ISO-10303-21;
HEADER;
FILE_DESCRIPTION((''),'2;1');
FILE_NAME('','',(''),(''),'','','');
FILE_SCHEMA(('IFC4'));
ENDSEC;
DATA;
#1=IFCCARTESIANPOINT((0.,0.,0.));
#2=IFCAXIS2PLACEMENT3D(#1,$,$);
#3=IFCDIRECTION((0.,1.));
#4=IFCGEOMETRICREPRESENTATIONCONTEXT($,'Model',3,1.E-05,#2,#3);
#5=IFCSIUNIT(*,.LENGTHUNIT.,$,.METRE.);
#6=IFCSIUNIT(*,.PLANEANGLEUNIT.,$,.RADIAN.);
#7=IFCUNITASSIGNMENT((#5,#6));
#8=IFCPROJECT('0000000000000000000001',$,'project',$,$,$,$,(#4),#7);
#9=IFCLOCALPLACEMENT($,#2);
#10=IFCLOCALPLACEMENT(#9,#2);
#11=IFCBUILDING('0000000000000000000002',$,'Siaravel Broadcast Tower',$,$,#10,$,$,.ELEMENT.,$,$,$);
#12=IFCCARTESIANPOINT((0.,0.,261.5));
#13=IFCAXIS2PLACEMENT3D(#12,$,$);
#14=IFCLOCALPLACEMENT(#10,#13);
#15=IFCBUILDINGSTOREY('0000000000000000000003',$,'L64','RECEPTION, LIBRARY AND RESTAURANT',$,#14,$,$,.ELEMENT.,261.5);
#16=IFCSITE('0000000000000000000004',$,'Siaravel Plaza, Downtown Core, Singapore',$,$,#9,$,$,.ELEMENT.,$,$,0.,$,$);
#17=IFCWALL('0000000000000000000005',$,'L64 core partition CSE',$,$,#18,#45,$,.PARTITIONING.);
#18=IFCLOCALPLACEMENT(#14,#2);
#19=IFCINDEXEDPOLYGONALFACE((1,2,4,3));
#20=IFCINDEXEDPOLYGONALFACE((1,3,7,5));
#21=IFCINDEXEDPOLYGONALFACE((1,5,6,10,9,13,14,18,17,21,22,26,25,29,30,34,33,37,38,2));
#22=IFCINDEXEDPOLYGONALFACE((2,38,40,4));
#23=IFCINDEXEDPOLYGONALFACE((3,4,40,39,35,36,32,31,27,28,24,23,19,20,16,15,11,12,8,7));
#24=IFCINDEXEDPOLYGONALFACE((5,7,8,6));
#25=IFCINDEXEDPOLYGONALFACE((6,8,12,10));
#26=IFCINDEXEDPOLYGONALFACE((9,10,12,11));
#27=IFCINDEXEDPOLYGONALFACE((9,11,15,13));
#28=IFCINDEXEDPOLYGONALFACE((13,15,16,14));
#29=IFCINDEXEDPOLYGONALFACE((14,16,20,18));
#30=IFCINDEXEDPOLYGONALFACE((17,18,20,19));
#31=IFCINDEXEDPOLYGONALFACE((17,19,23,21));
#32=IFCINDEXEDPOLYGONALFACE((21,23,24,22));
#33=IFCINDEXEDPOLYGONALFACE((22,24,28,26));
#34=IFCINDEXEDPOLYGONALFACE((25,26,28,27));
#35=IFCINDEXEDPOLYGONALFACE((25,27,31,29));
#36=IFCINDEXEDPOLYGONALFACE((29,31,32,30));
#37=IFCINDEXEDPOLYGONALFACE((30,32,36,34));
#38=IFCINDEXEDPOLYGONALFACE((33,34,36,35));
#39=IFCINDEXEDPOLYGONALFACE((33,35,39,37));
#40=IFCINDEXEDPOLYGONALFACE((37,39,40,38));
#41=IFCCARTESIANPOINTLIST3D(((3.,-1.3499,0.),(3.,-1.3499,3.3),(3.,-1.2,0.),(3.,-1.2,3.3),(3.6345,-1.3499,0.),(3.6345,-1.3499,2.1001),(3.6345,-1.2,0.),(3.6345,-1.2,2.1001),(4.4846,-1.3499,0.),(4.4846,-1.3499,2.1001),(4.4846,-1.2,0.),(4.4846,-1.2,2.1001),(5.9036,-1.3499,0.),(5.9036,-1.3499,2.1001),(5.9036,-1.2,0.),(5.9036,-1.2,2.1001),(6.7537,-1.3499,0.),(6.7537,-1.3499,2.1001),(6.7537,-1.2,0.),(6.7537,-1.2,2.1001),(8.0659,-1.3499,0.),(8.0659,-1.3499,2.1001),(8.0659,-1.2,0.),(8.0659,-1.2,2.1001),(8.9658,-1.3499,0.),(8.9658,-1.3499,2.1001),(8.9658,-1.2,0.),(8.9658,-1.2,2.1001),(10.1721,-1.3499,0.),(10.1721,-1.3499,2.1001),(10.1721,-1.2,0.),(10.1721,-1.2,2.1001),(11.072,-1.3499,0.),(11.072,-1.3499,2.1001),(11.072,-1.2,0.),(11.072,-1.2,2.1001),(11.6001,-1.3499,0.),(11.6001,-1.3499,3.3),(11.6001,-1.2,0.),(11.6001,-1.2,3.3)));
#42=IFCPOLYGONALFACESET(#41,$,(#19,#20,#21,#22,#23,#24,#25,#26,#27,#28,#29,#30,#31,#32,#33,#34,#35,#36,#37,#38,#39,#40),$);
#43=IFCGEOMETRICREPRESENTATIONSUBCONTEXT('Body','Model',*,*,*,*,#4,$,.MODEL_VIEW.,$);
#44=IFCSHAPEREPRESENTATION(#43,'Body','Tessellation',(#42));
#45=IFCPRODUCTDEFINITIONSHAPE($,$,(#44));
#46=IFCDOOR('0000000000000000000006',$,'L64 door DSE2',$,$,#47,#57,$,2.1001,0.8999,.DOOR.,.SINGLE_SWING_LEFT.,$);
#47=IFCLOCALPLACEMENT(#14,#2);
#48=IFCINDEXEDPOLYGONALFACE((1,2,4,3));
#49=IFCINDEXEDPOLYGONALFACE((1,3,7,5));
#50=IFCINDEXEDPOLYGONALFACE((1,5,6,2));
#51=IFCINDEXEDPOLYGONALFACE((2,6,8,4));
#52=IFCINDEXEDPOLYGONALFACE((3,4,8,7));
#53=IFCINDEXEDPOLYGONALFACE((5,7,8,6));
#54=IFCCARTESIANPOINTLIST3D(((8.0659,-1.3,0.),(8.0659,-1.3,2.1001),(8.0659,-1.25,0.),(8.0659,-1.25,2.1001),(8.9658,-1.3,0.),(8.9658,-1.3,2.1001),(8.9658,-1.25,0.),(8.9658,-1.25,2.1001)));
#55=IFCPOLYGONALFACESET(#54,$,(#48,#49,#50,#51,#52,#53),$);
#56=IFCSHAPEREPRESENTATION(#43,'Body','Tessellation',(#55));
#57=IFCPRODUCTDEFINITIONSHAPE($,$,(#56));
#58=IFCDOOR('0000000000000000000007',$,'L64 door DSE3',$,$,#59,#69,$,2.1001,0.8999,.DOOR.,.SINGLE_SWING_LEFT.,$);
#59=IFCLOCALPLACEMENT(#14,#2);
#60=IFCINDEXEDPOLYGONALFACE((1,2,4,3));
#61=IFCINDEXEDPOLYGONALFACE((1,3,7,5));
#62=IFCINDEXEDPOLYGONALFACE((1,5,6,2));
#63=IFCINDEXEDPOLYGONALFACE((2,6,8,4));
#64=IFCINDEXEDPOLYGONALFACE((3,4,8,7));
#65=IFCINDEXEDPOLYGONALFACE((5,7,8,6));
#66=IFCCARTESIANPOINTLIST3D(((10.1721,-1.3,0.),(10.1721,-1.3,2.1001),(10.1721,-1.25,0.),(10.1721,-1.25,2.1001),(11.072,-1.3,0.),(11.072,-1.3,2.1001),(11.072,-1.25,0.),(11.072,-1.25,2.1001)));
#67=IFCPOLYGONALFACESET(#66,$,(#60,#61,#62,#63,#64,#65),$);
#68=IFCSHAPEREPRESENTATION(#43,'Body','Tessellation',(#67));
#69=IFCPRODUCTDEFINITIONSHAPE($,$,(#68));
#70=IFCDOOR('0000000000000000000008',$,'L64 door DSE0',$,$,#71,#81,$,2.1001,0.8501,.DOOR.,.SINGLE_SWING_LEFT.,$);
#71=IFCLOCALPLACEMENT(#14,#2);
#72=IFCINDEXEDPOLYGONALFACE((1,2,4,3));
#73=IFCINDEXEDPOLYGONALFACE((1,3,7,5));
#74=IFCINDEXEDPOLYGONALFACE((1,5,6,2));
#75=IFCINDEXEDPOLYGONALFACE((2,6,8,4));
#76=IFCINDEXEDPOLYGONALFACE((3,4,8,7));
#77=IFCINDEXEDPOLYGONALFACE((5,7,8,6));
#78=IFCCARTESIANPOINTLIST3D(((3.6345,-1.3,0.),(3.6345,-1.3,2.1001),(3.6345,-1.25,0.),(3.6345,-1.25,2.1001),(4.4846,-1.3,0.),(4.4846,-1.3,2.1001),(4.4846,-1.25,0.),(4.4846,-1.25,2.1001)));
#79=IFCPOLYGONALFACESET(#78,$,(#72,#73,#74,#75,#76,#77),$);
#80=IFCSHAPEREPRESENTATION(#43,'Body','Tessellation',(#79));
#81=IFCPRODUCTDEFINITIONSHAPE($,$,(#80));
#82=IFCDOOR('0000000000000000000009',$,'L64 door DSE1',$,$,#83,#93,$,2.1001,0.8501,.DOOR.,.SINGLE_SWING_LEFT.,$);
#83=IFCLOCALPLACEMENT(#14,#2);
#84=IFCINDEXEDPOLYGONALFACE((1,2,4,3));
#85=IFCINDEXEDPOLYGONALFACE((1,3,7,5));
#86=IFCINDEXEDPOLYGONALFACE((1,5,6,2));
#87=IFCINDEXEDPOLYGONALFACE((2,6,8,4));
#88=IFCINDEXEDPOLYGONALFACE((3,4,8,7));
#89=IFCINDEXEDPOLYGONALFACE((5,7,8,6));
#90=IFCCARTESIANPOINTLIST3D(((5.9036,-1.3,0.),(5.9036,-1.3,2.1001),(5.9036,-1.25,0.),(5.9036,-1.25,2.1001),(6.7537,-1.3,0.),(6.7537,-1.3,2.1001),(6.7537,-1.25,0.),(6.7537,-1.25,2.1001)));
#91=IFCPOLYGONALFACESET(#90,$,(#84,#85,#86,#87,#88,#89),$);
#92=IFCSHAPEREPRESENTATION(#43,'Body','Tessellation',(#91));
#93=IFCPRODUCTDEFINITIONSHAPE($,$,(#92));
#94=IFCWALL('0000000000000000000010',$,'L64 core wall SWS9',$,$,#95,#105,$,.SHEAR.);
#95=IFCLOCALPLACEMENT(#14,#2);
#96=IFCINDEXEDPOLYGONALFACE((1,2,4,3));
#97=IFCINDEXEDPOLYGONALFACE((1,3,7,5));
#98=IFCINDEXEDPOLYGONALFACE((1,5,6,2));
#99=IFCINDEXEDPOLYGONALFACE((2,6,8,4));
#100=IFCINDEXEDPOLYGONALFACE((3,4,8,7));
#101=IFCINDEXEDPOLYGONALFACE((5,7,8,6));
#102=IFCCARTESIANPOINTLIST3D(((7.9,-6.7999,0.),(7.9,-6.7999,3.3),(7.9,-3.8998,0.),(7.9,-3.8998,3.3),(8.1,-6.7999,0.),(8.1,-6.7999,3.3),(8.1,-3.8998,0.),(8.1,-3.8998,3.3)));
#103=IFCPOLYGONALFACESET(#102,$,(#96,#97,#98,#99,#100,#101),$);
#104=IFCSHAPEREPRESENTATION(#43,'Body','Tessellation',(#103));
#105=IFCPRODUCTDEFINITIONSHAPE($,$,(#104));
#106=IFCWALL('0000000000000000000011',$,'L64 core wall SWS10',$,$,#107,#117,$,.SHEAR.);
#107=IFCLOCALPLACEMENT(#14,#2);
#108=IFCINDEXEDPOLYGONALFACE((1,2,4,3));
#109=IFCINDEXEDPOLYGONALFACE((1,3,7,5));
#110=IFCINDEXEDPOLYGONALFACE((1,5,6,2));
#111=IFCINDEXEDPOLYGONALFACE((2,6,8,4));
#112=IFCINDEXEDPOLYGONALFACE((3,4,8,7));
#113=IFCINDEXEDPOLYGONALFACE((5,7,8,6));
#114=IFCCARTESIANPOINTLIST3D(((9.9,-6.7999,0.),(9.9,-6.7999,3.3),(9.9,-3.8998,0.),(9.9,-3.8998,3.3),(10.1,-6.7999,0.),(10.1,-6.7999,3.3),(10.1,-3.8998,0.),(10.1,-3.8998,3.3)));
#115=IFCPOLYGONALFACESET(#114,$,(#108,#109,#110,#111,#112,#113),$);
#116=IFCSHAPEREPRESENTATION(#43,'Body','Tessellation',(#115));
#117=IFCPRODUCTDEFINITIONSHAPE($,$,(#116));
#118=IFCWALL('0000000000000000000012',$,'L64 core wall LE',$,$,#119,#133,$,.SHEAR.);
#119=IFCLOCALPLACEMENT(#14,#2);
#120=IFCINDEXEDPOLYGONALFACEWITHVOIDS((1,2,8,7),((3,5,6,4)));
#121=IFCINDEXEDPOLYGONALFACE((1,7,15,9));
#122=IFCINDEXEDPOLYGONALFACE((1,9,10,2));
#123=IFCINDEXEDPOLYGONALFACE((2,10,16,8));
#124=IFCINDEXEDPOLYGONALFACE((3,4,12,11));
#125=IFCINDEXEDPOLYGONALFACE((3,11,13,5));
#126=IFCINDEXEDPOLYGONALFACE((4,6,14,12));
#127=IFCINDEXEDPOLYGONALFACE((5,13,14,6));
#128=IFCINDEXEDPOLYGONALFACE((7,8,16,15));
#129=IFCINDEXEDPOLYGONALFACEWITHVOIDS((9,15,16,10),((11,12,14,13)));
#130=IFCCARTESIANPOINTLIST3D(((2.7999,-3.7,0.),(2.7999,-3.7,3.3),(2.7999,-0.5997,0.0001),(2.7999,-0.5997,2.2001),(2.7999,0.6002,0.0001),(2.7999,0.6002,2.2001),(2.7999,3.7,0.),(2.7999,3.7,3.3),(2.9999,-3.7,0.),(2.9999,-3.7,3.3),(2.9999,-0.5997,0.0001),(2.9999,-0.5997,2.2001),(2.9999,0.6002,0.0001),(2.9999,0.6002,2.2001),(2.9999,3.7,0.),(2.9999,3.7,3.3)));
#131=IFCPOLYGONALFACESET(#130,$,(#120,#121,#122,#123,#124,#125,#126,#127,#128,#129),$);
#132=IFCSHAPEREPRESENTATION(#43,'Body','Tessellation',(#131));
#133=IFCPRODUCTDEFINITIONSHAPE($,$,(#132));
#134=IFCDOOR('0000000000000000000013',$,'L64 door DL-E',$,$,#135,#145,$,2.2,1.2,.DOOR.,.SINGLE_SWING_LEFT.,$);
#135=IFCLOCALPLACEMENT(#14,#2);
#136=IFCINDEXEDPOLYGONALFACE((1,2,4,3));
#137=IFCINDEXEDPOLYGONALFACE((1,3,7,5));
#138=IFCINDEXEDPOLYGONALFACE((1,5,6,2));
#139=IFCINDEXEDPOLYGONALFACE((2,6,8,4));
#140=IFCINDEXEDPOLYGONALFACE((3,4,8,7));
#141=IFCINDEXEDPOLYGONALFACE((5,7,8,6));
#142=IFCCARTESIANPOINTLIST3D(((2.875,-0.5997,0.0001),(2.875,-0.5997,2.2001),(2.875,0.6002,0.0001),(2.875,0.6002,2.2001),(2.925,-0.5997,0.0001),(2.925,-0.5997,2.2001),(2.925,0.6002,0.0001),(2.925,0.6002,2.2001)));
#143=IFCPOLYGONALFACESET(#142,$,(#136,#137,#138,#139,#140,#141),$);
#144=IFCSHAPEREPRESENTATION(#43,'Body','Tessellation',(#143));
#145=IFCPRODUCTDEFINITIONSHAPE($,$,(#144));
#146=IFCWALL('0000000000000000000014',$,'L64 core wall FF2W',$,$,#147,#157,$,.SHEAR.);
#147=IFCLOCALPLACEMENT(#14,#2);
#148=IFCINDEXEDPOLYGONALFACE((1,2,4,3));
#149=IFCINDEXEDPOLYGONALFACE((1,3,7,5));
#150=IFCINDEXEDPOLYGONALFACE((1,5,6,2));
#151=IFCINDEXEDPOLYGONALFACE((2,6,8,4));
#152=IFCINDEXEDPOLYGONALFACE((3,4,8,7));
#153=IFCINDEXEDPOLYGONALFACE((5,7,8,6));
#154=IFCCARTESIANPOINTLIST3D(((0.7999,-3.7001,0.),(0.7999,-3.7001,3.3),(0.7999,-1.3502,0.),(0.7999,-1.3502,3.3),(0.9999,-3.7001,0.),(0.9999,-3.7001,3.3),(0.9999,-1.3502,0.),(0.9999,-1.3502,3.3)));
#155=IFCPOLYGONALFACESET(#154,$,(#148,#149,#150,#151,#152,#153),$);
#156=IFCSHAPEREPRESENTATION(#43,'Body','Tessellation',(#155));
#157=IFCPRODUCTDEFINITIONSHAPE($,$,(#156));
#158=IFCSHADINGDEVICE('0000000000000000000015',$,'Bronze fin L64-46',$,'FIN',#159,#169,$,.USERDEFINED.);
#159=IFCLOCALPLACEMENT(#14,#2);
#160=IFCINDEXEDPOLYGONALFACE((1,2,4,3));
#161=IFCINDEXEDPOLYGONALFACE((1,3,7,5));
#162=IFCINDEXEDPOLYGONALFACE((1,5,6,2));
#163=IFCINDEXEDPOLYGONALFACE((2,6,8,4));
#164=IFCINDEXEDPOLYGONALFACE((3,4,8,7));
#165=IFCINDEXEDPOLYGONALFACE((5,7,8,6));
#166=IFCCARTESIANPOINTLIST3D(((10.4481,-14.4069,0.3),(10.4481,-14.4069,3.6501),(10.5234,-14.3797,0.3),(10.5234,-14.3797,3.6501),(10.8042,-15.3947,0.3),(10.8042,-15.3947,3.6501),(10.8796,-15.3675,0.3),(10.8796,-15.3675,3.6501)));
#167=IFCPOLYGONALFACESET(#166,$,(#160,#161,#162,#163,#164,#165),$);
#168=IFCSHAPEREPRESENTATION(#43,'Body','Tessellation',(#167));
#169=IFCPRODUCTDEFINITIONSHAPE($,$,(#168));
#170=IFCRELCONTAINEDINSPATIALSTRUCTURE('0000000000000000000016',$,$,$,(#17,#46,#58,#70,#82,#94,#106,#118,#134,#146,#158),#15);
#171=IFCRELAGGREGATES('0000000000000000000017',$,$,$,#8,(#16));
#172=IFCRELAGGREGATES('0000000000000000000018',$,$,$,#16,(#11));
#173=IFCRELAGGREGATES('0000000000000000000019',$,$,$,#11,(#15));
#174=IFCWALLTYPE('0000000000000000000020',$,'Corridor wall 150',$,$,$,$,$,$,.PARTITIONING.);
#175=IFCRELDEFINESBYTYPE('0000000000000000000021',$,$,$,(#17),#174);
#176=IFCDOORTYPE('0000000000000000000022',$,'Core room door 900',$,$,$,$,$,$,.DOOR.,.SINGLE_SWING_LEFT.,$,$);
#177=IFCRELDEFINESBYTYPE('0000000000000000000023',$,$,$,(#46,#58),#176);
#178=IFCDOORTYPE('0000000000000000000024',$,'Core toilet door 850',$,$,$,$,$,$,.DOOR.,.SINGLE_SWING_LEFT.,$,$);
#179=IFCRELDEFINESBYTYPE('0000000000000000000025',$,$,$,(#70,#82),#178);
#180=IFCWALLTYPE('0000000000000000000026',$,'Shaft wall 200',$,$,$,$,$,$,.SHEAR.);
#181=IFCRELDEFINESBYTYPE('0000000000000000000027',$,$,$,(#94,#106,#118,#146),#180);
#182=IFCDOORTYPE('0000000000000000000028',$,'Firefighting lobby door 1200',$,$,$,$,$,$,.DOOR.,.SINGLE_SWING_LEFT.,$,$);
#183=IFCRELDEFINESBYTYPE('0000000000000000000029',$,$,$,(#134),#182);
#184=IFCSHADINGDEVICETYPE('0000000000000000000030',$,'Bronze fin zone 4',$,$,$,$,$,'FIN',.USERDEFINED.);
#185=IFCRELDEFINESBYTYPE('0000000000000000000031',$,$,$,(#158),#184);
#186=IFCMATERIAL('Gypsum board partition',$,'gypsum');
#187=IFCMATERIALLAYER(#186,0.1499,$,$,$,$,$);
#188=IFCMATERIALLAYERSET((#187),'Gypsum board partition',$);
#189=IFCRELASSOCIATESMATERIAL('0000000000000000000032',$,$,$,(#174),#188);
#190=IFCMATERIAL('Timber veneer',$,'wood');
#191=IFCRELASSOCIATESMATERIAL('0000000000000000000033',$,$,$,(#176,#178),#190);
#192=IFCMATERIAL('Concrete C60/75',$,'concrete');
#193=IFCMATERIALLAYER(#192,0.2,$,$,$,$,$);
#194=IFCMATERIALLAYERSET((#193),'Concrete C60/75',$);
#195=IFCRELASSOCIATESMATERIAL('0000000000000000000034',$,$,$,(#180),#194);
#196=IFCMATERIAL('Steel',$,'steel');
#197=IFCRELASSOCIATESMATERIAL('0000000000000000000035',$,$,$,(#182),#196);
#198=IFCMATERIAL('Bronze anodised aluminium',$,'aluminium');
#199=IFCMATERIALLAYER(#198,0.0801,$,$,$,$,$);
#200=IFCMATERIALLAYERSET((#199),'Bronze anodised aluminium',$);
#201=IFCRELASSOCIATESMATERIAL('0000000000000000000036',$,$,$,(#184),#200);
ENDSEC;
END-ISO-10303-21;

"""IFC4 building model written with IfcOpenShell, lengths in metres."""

from ifc_helpers import new_model, si_unit, direction, frame, frame_2d, origin, origin_2d, place, context, subcontext, project, spatial, rectangle, extrude, material, layer, layer_set, type_object, element, fill, save


model = new_model("IFC4")

# Units and contexts
model_context = context("Model", 3, precision=1e-05, world=origin(), true_north=direction((0.0, 1.0)))
body_context = subcontext(model_context, "Body", "Model", "MODEL_VIEW")
ifc_project = project(units=[si_unit("LENGTHUNIT", "METRE"), si_unit("PLANEANGLEUNIT", "RADIAN")], contexts=[model_context])

# Site, building, storey
site_placement = place(None, origin())
site = spatial("IfcSite", under=ifc_project, at=site_placement, Name="Siaravel Plaza, Downtown Core, Singapore", CompositionType="ELEMENT", RefElevation=0.0)
building_placement = place(site_placement, origin())
building = spatial("IfcBuilding", under=site, at=building_placement, Name="Siaravel Broadcast Tower", CompositionType="ELEMENT")
storey_placement = place(building_placement, frame((0.0, 0.0, 261.5)))
storey = spatial("IfcBuildingStorey", under=building, at=storey_placement, Name="L64", Description="RECEPTION, LIBRARY AND RESTAURANT", CompositionType="ELEMENT", Elevation=261.5)

# Shared definitions
ifc_material_1 = material(Name="Concrete C60/75", Category="concrete")
ifc_material_2 = material(Name="Steel", Category="steel")

# Wall, openings, doors
ifc_material_3 = material(Name="Gypsum board partition", Category="gypsum")
ifc_layer_1 = layer(ifc_material_3, 0.1499)
ifc_layer_set_1 = layer_set([ifc_layer_1], Name="Gypsum board partition")
wall_type_1 = type_object("IfcWallType", Name="Corridor wall 150", PredefinedType="PARTITIONING", material=ifc_layer_set_1)
wall_1_placement = place(storey_placement, frame((3.0, -1.2749, 0.0), z_axis=(0.0, 0.0, 1.0), x_axis=(1.0, 0.0, 0.0)))
wall_1 = element("IfcWall", 1, at=wall_1_placement, inside=storey, type_object=wall_type_1, Name="L64 core partition CSE", PredefinedType="PARTITIONING", context=body_context, shape_type="SweptSolid", body=[
    extrude(rectangle(XDim=8.6001, YDim=0.1499, at=frame_2d((4.3, 0.0))), origin(), (0.0, 0.0, 1.0), 3.3),
])
opening_1_placement = place(wall_1_placement, frame((0.6345, 0.0, 0.0)))
opening_1 = element("IfcOpeningElement", 2, at=opening_1_placement, cuts=wall_1, PredefinedType="OPENING", context=body_context, shape_type="SweptSolid", body=[
    extrude(rectangle(XDim=0.8501, YDim=2.1001, at=frame_2d((0.425, 1.05))), frame((0.0, 0.085, 0.0), z_axis=(0.0, -1.0, 0.0), x_axis=(1.0, 0.0, 0.0)), (0.0, 0.0, 1.0), 0.1699),
])
opening_2_placement = place(wall_1_placement, frame((2.9036, 0.0, 0.0)))
opening_2 = element("IfcOpeningElement", 3, at=opening_2_placement, cuts=wall_1, PredefinedType="OPENING", context=body_context, shape_type="SweptSolid", body=[
    extrude(rectangle(XDim=0.8501, YDim=2.1001, at=frame_2d((0.425, 1.05))), frame((0.0, 0.085, 0.0), z_axis=(0.0, -1.0, 0.0), x_axis=(1.0, 0.0, 0.0)), (0.0, 0.0, 1.0), 0.1699),
])
opening_3_placement = place(wall_1_placement, frame((5.0659, 0.0, 0.0)))
opening_3 = element("IfcOpeningElement", 4, at=opening_3_placement, cuts=wall_1, PredefinedType="OPENING", context=body_context, shape_type="SweptSolid", body=[
    extrude(rectangle(XDim=0.8999, YDim=2.1001, at=frame_2d((0.45, 1.05))), frame((0.0, 0.085, 0.0), z_axis=(0.0, -1.0, 0.0), x_axis=(1.0, 0.0, 0.0)), (0.0, 0.0, 1.0), 0.1699),
])
opening_4_placement = place(wall_1_placement, frame((7.1721, 0.0, 0.0)))
opening_4 = element("IfcOpeningElement", 5, at=opening_4_placement, cuts=wall_1, PredefinedType="OPENING", context=body_context, shape_type="SweptSolid", body=[
    extrude(rectangle(XDim=0.8999, YDim=2.1001, at=frame_2d((0.45, 1.05))), frame((0.0, 0.085, 0.0), z_axis=(0.0, -1.0, 0.0), x_axis=(1.0, 0.0, 0.0)), (0.0, 0.0, 1.0), 0.1699),
])
ifc_material_4 = material(Name="Timber veneer", Category="wood")
door_type_1 = type_object("IfcDoorType", Name="Core room door 900", OperationType="SINGLE_SWING_LEFT", PredefinedType="DOOR", material=ifc_material_4)
door_1_placement = place(opening_3_placement, origin())
door_1 = element("IfcDoor", 6, at=door_1_placement, inside=storey, type_object=door_type_1, Name="L64 door DSE2", OperationType="SINGLE_SWING_LEFT", OverallHeight=2.1001, OverallWidth=0.8999, PredefinedType="DOOR", context=body_context, shape_type="SweptSolid", body=[
    extrude(rectangle(XDim=0.8999, YDim=2.1001, at=frame_2d((0.45, 1.05))), frame((0.0, 0.0249, 0.0), z_axis=(0.0, -1.0, 0.0), x_axis=(1.0, 0.0, 0.0)), (0.0, 0.0, 1.0), 0.05),
])
fill(opening_3, door_1)
door_2_placement = place(opening_4_placement, origin())
door_2 = element("IfcDoor", 7, at=door_2_placement, inside=storey, type_object=door_type_1, Name="L64 door DSE3", OperationType="SINGLE_SWING_LEFT", OverallHeight=2.1001, OverallWidth=0.8999, PredefinedType="DOOR", context=body_context, shape_type="SweptSolid", body=[
    extrude(rectangle(XDim=0.8999, YDim=2.1001, at=frame_2d((0.45, 1.05))), frame((0.0, 0.0249, 0.0), z_axis=(0.0, -1.0, 0.0), x_axis=(1.0, 0.0, 0.0)), (0.0, 0.0, 1.0), 0.05),
])
fill(opening_4, door_2)
door_type_2 = type_object("IfcDoorType", Name="Core toilet door 850", OperationType="SINGLE_SWING_LEFT", PredefinedType="DOOR", material=ifc_material_4)
door_3_placement = place(opening_1_placement, origin())
door_3 = element("IfcDoor", 8, at=door_3_placement, inside=storey, type_object=door_type_2, Name="L64 door DSE0", OperationType="SINGLE_SWING_LEFT", OverallHeight=2.1001, OverallWidth=0.8501, PredefinedType="DOOR", context=body_context, shape_type="SweptSolid", body=[
    extrude(rectangle(XDim=0.8501, YDim=2.1001, at=frame_2d((0.425, 1.05))), frame((0.0, 0.0249, 0.0), z_axis=(0.0, -1.0, 0.0), x_axis=(1.0, 0.0, 0.0)), (0.0, 0.0, 1.0), 0.05),
])
fill(opening_1, door_3)
door_4_placement = place(opening_2_placement, origin())
door_4 = element("IfcDoor", 9, at=door_4_placement, inside=storey, type_object=door_type_2, Name="L64 door DSE1", OperationType="SINGLE_SWING_LEFT", OverallHeight=2.1001, OverallWidth=0.8501, PredefinedType="DOOR", context=body_context, shape_type="SweptSolid", body=[
    extrude(rectangle(XDim=0.8501, YDim=2.1001, at=frame_2d((0.425, 1.05))), frame((0.0, 0.0249, 0.0), z_axis=(0.0, -1.0, 0.0), x_axis=(1.0, 0.0, 0.0)), (0.0, 0.0, 1.0), 0.05),
])
fill(opening_2, door_4)

# Walls
ifc_layer_2 = layer(ifc_material_1, 0.2)
ifc_layer_set_2 = layer_set([ifc_layer_2], Name="Concrete C60/75")
wall_type_2 = type_object("IfcWallType", Name="Shaft wall 200", PredefinedType="SHEAR", material=ifc_layer_set_2)
for number, where, z_axis, x_axis, name in (
    (10, (8.0, -6.8, 0.0), (0.0, 0.0, 1.0), (0.0, 1.0, 0.0), "L64 core wall SWS9"),
    (11, (10.0, -6.8, 0.0), (0.0, 0.0, 1.0), (0.0, 1.0, 0.0), "L64 core wall SWS10"),
):
    element("IfcWall", number, at=place(storey_placement, frame(where, z_axis=z_axis, x_axis=x_axis)), inside=storey, type_object=wall_type_2, Name=name, PredefinedType="SHEAR", context=body_context, shape_type="SweptSolid", body=[
        extrude(rectangle(XDim=2.9001, YDim=0.2, at=frame_2d((1.4502, 0.0))), origin(), (0.0, 0.0, 1.0), 3.3),
    ])

# Wall, opening, door
wall_2_placement = place(storey_placement, frame((2.8999, -3.7, 0.0), z_axis=(0.0, 0.0, 1.0), x_axis=(0.0, 1.0, 0.0)))
wall_2 = element("IfcWall", 12, at=wall_2_placement, inside=storey, type_object=wall_type_2, Name="L64 core wall LE", PredefinedType="SHEAR", context=body_context, shape_type="SweptSolid", body=[
    extrude(rectangle(XDim=7.3999, YDim=0.2, at=frame_2d((3.7, 0.0))), origin(), (0.0, 0.0, 1.0), 3.3),
])
opening_5_placement = place(wall_2_placement, frame((3.1001, 0.0, 0.0)))
opening_5 = element("IfcOpeningElement", 13, at=opening_5_placement, cuts=wall_2, PredefinedType="OPENING", context=body_context, shape_type="SweptSolid", body=[
    extrude(rectangle(XDim=1.2, YDim=2.2, at=frame_2d((0.6001, 1.1001))), frame((0.0, 0.1099, 0.0), z_axis=(0.0, -1.0, 0.0), x_axis=(1.0, 0.0, 0.0)), (0.0, 0.0, 1.0), 0.22),
])
door_type_3 = type_object("IfcDoorType", Name="Firefighting lobby door 1200", OperationType="SINGLE_SWING_LEFT", PredefinedType="DOOR", material=ifc_material_2)
door_5_placement = place(opening_5_placement, origin())
door_5 = element("IfcDoor", 14, at=door_5_placement, inside=storey, type_object=door_type_3, Name="L64 door DL-E", OperationType="SINGLE_SWING_LEFT", OverallHeight=2.2, OverallWidth=1.2, PredefinedType="DOOR", context=body_context, shape_type="SweptSolid", body=[
    extrude(rectangle(XDim=1.2, YDim=2.2, at=frame_2d((0.6001, 1.1001))), frame((0.0, 0.0249, 0.0), z_axis=(0.0, -1.0, 0.0), x_axis=(1.0, 0.0, 0.0)), (0.0, 0.0, 1.0), 0.05),
])
fill(opening_5, door_5)

# Wall
wall_3_placement = place(storey_placement, frame((0.8999, -3.7, 0.0), z_axis=(0.0, 0.0, 1.0), x_axis=(0.0, 1.0, 0.0)))
element("IfcWall", 15, at=wall_3_placement, inside=storey, type_object=wall_type_2, Name="L64 core wall FF2W", PredefinedType="SHEAR", context=body_context, shape_type="SweptSolid", body=[
    extrude(rectangle(XDim=2.3499, YDim=0.2, at=frame_2d((1.1748, 0.0))), origin(), (0.0, 0.0, 1.0), 3.3),
])

# Shading device
ifc_material_5 = material(Name="Bronze anodised aluminium", Category="aluminium")
ifc_layer_3 = layer(ifc_material_5, 0.0801)
ifc_layer_set_3 = layer_set([ifc_layer_3], Name="Bronze anodised aluminium")
shading_device_type = type_object("IfcShadingDeviceType", Name="Bronze fin zone 4", ElementType="FIN", PredefinedType="USERDEFINED", material=ifc_layer_set_3)
for number, where, z_axis, x_axis, name in (
    (16, (10.6638, -14.8872, 0.3), (0.0, 0.0, 1.0), (0.339173, -0.940724, 0.0), "Bronze fin L64-46"),
):
    element("IfcShadingDevice", number, at=place(storey_placement, frame(where, z_axis=z_axis, x_axis=x_axis)), inside=storey, type_object=shading_device_type, Name=name, ObjectType="FIN", PredefinedType="USERDEFINED", context=body_context, shape_type="SweptSolid", body=[
        extrude(rectangle(XDim=1.05, YDim=0.0801, at=origin_2d()), origin(), (0.0, 0.0, 1.0), 3.3501),
    ])

save(model, "model.ifc")
